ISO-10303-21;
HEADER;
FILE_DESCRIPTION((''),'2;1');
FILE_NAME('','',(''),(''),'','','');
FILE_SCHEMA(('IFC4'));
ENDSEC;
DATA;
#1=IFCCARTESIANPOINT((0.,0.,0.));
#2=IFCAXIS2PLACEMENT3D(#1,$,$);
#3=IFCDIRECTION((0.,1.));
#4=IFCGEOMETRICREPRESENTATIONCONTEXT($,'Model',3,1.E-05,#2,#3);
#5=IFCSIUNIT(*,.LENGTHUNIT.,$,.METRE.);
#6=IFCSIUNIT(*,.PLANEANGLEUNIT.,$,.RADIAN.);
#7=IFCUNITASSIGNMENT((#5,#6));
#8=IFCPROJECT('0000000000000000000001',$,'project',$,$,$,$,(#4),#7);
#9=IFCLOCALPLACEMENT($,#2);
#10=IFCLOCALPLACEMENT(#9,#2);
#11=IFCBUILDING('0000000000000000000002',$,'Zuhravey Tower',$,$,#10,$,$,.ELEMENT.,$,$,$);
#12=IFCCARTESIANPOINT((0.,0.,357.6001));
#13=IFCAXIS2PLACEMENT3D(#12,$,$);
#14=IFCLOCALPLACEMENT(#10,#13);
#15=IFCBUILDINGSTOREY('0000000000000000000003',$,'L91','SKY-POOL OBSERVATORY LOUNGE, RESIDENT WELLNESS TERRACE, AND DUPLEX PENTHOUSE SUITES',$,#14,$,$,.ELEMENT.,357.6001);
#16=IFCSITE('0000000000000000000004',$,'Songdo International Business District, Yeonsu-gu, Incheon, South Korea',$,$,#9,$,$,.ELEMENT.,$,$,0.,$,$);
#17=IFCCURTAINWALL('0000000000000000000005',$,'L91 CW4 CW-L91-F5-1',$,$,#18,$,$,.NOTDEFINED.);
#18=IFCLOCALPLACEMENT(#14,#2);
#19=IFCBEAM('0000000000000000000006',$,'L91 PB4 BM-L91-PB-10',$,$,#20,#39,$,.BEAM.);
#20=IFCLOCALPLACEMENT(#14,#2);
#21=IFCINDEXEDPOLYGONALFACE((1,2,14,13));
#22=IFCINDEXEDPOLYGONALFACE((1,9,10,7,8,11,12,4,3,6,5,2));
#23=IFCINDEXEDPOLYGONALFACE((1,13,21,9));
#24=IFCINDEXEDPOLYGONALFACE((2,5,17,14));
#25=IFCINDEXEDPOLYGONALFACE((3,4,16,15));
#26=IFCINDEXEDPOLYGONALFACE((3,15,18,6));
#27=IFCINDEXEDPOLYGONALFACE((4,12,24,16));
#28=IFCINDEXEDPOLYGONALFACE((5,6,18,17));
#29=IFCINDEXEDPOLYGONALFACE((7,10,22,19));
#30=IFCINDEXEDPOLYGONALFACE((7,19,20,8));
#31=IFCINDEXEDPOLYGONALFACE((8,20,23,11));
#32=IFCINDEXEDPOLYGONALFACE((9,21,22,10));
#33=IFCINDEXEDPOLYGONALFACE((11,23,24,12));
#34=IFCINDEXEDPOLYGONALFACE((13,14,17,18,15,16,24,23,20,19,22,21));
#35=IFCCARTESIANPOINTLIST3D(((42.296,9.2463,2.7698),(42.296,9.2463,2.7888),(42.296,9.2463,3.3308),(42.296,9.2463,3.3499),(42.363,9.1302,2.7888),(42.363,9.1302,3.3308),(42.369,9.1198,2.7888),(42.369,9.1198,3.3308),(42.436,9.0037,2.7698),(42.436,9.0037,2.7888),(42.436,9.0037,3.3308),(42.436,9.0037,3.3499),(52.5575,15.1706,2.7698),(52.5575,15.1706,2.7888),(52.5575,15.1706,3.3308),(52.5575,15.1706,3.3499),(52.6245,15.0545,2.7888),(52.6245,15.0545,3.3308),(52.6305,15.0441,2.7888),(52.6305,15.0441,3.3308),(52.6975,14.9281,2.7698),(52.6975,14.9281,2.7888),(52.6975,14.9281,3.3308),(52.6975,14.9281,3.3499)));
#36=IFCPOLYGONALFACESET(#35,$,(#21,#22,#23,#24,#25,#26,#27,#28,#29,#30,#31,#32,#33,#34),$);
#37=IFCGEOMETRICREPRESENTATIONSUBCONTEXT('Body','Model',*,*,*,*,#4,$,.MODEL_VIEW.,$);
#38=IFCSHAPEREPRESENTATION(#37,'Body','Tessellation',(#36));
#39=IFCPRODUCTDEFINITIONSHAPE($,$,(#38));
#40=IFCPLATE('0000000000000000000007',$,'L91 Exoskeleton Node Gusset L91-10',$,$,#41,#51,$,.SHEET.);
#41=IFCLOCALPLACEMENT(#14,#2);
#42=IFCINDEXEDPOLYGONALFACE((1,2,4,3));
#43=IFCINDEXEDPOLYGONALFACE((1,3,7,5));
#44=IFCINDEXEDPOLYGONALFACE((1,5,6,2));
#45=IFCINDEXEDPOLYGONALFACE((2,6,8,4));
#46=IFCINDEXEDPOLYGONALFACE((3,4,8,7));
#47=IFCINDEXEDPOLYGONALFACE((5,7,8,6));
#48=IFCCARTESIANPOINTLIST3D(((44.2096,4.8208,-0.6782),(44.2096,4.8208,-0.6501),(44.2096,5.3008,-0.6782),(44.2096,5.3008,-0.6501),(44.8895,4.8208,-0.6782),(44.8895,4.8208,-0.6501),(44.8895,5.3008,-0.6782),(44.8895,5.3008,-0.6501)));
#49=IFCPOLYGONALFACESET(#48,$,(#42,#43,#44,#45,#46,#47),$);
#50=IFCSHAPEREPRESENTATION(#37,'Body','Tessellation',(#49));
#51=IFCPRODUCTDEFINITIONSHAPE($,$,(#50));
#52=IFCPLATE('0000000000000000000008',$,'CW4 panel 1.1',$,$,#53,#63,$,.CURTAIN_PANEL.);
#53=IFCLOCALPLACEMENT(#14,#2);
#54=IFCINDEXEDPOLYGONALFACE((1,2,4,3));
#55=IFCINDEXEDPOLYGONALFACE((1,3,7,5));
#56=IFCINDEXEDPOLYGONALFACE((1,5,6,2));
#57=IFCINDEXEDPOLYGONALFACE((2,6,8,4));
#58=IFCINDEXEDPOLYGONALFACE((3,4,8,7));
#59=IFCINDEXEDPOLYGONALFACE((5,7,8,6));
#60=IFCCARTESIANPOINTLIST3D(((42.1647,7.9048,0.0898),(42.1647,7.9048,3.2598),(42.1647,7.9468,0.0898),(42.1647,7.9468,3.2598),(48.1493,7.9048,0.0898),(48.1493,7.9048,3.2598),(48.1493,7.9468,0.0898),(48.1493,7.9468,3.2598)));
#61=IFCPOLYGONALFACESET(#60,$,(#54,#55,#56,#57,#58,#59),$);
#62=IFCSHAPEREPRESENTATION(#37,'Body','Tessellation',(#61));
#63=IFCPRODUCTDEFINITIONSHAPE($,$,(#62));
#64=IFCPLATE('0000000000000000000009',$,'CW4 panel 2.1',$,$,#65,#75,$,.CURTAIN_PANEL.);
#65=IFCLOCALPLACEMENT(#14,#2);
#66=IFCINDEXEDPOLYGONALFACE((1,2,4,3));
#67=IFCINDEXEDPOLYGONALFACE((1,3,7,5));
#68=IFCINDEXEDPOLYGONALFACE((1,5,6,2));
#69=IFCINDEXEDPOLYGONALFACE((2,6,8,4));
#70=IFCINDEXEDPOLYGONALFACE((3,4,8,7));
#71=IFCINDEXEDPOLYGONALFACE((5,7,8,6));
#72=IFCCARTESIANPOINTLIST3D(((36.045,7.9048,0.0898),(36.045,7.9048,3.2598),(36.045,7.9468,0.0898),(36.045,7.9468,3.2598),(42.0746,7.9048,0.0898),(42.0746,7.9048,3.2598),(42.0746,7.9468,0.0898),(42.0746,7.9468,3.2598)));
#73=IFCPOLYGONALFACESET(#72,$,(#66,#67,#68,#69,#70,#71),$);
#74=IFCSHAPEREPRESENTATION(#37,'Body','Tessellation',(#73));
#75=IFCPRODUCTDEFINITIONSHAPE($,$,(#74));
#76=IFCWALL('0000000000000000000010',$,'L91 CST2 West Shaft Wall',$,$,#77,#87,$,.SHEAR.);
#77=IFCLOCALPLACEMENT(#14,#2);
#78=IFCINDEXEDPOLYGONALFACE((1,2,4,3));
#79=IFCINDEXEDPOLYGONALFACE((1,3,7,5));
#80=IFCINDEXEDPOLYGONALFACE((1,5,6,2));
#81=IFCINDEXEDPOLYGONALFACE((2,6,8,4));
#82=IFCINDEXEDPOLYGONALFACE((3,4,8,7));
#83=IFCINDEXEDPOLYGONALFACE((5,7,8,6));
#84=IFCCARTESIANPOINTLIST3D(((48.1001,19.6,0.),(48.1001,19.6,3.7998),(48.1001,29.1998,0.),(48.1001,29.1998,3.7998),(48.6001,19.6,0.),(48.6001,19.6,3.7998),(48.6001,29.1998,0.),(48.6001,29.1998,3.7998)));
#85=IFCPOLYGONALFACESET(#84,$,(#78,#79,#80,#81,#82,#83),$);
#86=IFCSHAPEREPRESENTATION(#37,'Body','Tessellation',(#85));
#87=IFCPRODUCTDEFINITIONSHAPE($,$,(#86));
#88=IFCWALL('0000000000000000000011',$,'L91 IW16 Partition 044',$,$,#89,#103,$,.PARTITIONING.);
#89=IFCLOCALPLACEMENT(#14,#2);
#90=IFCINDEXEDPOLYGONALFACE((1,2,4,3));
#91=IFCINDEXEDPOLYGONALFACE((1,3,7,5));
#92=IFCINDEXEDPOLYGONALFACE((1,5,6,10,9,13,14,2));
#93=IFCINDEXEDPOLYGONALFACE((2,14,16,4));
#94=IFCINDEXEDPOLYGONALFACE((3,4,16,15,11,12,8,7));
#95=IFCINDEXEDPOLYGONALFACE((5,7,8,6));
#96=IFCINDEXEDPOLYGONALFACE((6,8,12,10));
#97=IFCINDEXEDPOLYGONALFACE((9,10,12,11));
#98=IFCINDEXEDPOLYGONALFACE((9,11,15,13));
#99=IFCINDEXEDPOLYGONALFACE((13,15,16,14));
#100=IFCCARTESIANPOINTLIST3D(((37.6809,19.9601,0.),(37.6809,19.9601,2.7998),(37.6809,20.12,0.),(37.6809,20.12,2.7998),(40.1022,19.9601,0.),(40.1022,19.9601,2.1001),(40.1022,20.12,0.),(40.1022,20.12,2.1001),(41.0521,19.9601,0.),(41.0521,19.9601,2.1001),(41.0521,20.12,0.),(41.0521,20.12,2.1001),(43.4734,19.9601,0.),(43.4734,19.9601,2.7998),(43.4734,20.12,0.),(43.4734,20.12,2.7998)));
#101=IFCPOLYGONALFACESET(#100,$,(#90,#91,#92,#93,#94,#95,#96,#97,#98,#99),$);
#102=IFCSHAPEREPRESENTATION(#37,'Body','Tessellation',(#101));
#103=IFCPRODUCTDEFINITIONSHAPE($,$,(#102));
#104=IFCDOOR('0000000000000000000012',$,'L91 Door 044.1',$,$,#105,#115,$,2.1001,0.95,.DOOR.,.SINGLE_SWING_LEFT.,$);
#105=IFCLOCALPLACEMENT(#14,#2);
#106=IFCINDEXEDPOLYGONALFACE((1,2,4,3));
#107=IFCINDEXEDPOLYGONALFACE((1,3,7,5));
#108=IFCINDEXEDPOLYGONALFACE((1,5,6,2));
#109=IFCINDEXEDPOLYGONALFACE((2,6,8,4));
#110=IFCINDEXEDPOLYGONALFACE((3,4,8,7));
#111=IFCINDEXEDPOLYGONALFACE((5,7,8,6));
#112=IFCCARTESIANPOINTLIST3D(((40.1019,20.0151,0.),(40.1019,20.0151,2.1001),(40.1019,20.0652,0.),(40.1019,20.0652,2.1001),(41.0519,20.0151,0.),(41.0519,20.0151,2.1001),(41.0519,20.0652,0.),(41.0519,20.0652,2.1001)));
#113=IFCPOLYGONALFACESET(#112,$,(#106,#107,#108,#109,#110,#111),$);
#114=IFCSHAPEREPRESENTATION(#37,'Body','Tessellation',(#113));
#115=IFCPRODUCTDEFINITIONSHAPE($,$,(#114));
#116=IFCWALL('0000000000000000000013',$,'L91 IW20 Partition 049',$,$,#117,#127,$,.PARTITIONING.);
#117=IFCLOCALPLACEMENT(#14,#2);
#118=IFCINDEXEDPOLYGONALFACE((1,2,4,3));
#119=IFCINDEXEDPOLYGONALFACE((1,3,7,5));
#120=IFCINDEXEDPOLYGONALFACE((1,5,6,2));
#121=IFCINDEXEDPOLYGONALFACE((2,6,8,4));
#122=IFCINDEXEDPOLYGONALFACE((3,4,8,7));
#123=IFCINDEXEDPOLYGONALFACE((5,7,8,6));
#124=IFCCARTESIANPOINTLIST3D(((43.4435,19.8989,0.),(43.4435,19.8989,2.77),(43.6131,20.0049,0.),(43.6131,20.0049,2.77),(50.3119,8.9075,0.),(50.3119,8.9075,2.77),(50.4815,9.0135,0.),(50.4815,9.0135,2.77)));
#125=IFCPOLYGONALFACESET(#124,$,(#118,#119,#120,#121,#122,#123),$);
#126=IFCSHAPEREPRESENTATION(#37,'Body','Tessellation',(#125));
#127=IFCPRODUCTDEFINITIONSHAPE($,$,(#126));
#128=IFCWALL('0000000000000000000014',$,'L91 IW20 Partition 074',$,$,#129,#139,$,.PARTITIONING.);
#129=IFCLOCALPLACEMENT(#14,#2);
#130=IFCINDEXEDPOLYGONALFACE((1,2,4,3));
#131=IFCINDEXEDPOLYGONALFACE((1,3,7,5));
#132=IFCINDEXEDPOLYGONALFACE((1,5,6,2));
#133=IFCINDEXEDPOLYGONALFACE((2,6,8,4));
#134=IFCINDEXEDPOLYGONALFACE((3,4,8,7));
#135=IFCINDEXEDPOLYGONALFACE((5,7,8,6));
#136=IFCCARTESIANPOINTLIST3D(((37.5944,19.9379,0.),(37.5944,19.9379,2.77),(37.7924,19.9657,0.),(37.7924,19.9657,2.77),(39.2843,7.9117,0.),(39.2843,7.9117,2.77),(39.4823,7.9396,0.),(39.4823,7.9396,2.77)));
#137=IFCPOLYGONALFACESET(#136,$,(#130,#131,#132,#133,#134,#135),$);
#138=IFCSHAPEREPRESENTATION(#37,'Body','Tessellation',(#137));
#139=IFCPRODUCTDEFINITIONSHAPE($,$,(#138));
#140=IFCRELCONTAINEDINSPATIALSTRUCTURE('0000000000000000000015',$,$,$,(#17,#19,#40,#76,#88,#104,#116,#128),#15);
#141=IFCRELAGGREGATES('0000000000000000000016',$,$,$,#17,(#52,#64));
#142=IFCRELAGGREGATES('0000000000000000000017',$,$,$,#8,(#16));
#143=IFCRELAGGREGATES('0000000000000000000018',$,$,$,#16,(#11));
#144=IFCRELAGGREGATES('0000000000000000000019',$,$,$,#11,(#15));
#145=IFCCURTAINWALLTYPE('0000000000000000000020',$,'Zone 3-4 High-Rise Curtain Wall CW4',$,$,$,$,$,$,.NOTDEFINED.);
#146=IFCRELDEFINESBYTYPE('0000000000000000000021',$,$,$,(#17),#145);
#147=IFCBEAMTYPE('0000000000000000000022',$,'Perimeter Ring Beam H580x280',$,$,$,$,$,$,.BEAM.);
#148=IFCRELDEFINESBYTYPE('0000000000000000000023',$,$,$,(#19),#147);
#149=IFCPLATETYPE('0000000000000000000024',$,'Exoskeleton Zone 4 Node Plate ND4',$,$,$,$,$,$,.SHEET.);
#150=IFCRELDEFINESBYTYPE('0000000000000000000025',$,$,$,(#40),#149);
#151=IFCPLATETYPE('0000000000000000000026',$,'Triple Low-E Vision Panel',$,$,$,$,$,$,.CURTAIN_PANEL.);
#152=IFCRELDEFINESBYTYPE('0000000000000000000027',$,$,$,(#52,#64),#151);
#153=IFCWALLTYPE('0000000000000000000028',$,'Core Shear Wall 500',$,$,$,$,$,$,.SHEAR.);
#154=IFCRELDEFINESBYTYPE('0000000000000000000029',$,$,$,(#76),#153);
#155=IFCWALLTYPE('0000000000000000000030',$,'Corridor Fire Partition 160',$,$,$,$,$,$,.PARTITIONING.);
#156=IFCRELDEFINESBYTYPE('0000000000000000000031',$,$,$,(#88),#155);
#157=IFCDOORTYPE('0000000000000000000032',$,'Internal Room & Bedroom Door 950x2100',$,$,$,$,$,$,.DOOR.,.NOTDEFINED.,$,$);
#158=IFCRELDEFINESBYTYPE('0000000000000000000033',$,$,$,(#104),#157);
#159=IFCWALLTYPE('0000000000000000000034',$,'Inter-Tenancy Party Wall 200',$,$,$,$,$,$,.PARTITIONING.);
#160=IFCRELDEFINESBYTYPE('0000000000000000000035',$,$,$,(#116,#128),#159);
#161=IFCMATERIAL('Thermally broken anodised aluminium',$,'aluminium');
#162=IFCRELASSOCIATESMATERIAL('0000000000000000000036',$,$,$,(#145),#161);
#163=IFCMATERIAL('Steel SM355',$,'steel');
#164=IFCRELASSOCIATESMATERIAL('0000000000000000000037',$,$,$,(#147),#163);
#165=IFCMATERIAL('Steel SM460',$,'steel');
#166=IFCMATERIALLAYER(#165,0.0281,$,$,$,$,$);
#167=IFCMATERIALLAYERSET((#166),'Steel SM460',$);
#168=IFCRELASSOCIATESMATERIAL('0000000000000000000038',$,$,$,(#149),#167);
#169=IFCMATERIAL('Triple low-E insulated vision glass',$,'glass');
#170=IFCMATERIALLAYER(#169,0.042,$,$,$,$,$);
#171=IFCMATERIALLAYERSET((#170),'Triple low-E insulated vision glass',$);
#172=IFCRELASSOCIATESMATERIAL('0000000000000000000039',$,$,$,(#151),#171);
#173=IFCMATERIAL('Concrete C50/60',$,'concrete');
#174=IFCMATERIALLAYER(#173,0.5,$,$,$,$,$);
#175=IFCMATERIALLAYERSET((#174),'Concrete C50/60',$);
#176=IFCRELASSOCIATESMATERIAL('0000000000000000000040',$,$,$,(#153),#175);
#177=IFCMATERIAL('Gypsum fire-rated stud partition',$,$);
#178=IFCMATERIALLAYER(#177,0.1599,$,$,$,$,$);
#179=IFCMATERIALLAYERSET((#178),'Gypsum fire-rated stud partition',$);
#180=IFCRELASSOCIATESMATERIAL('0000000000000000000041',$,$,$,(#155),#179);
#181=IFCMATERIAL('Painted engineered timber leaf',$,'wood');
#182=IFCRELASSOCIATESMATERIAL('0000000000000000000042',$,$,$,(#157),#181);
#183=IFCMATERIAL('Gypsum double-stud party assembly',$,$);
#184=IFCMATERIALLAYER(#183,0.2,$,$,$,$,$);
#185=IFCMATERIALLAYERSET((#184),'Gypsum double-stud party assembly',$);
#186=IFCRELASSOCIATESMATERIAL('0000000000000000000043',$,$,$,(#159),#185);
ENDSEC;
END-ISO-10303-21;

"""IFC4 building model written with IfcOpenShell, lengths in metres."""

from ifc_helpers import new_model, si_unit, direction, frame, frame_2d, origin, origin_2d, place, context, subcontext, project, spatial, rectangle, i_section, extrude, material, layer, layer_set, material_profile, profile_set, type_object, element, fill, aggregate, save


model = new_model("IFC4")

# Units and contexts
model_context = context("Model", 3, precision=1e-05, world=origin(), true_north=direction((0.0, 1.0)))
body_context = subcontext(model_context, "Body", "Model", "MODEL_VIEW")
ifc_project = project(units=[si_unit("LENGTHUNIT", "METRE"), si_unit("PLANEANGLEUNIT", "RADIAN")], contexts=[model_context])

# Site, building, storey
site_placement = place(None, origin())
site = spatial("IfcSite", under=ifc_project, at=site_placement, Name="Songdo International Business District, Yeonsu-gu, Incheon, South Korea", CompositionType="ELEMENT", RefElevation=0.0)
building_placement = place(site_placement, origin())
building = spatial("IfcBuilding", under=site, at=building_placement, Name="Zuhravey Tower", CompositionType="ELEMENT")
storey_placement = place(building_placement, frame((0.0, 0.0, 357.6001)))
storey = spatial("IfcBuildingStorey", under=building, at=storey_placement, Name="L91", Description="SKY-POOL OBSERVATORY LOUNGE, RESIDENT WELLNESS TERRACE, AND DUPLEX PENTHOUSE SUITES", CompositionType="ELEMENT", Elevation=357.6001)

# Shared definitions
ifc_material_1 = material(Name="Concrete C50/60", Category="concrete")

# Curtain wall
ifc_material_2 = material(Name="Thermally broken anodised aluminium", Category="aluminium")
curtain_wall_type = type_object("IfcCurtainWallType", Name="Zone 3-4 High-Rise Curtain Wall CW4", PredefinedType="NOTDEFINED", material=ifc_material_2)
curtain_wall_placement = place(storey_placement, origin())
curtain_wall = element("IfcCurtainWall", 1, at=curtain_wall_placement, inside=storey, type_object=curtain_wall_type, Name="L91 CW4 CW-L91-F5-1", PredefinedType="NOTDEFINED")

# Beam
ifc_material_3 = material(Name="Steel SM355", Category="steel")
ifc_material_profile_1 = material_profile(ifc_material_3, i_section(OverallWidth=0.28, OverallDepth=0.5801, WebThickness=0.012, FlangeThickness=0.019, at=origin_2d()), Name="H-580x280x12x19")
ifc_profile_set_1 = profile_set([ifc_material_profile_1], Name="Steel SM355")
beam_type = type_object("IfcBeamType", Name="Perimeter Ring Beam H580x280", PredefinedType="BEAM", material=ifc_profile_set_1)
beam_placement = place(storey_placement, frame((42.366, 9.125, 3.0598), z_axis=(0.866031, 0.499991, 0.0), x_axis=(-0.499991, 0.866031, 0.0)))
element("IfcBeam", 2, at=beam_placement, inside=storey, type_object=beam_type, Name="L91 PB4 BM-L91-PB-10", PredefinedType="BEAM", context=body_context, shape_type="SweptSolid", body=[
    extrude(i_section(OverallWidth=0.28, OverallDepth=0.5801, WebThickness=0.012, FlangeThickness=0.019, at=origin_2d()), origin(), (0.0, 0.0, 1.0), 11.8489),
])

# Plates
ifc_material_4 = material(Name="Steel SM460", Category="steel")
ifc_layer_1 = layer(ifc_material_4, 0.0281)
ifc_layer_set_1 = layer_set([ifc_layer_1], Name="Steel SM460")
plate_type_1 = type_object("IfcPlateType", Name="Exoskeleton Zone 4 Node Plate ND4", PredefinedType="SHEET", material=ifc_layer_set_1)
plate_1_placement = place(storey_placement, frame((44.5496, 5.0608, -0.6782), z_axis=(0.0, 0.0, 1.0), x_axis=(1.0, 0.0, 0.0)))
element("IfcPlate", 3, at=plate_1_placement, inside=storey, type_object=plate_type_1, Name="L91 Exoskeleton Node Gusset L91-10", PredefinedType="SHEET", context=body_context, shape_type="SweptSolid", body=[
    extrude(rectangle(XDim=0.6799, YDim=0.48, at=origin_2d()), origin(), (0.0, 0.0, 1.0), 0.0281),
])
ifc_material_5 = material(Name="Triple low-E insulated vision glass", Category="glass")
ifc_layer_2 = layer(ifc_material_5, 0.042)
ifc_layer_set_2 = layer_set([ifc_layer_2], Name="Triple low-E insulated vision glass")
plate_type_2 = type_object("IfcPlateType", Name="Triple Low-E Vision Panel", PredefinedType="CURTAIN_PANEL", material=ifc_layer_set_2)
plate_2_placement = place(storey_placement, frame((45.157, 7.9258, 0.0898), z_axis=(0.0, 0.0, 1.0), x_axis=(-1.0, 0.0, 0.0)))
plate_2 = element("IfcPlate", 4, at=plate_2_placement, type_object=plate_type_2, Name="CW4 panel 1.1", PredefinedType="CURTAIN_PANEL", context=body_context, shape_type="SweptSolid", body=[
    extrude(rectangle(XDim=5.9846, YDim=0.042, at=origin_2d()), origin(), (0.0, 0.0, 1.0), 3.1699),
])
plate_3_placement = place(storey_placement, frame((39.0598, 7.9258, 0.0898), z_axis=(0.0, 0.0, 1.0), x_axis=(-1.0, 0.0, 0.0)))
plate_3 = element("IfcPlate", 5, at=plate_3_placement, type_object=plate_type_2, Name="CW4 panel 2.1", PredefinedType="CURTAIN_PANEL", context=body_context, shape_type="SweptSolid", body=[
    extrude(rectangle(XDim=6.0295, YDim=0.042, at=origin_2d()), origin(), (0.0, 0.0, 1.0), 3.1699),
])
aggregate(curtain_wall, [plate_2, plate_3])

# Shared definitions
ifc_layer_3 = layer(ifc_material_1, 0.5)
ifc_layer_set_3 = layer_set([ifc_layer_3], Name="Concrete C50/60")
wall_type_1 = type_object("IfcWallType", Name="Core Shear Wall 500", PredefinedType="SHEAR", material=ifc_layer_set_3)

# Wall
wall_1_placement = place(storey_placement, frame((48.3501, 19.6001, 0.0), z_axis=(0.0, 0.0, 1.0), x_axis=(0.0, 1.0, 0.0)))
element("IfcWall", 6, at=wall_1_placement, inside=storey, type_object=wall_type_1, Name="L91 CST2 West Shaft Wall", PredefinedType="SHEAR", context=body_context, shape_type="SweptSolid", body=[
    extrude(rectangle(XDim=9.5999, YDim=0.5, at=frame_2d((4.7998, 0.0))), origin(), (0.0, 0.0, 1.0), 3.7998),
])

# Wall, opening, door
ifc_material_6 = material(Name="Gypsum fire-rated stud partition")
ifc_layer_4 = layer(ifc_material_6, 0.1599)
ifc_layer_set_4 = layer_set([ifc_layer_4], Name="Gypsum fire-rated stud partition")
wall_type_2 = type_object("IfcWallType", Name="Corridor Fire Partition 160", PredefinedType="PARTITIONING", material=ifc_layer_set_4)
wall_2_placement = place(storey_placement, frame((37.6809, 20.04, 0.0), z_axis=(0.0, 0.0, 1.0), x_axis=(1.0, 0.0, 0.0)))
wall_2 = element("IfcWall", 7, at=wall_2_placement, inside=storey, type_object=wall_type_2, Name="L91 IW16 Partition 044", PredefinedType="PARTITIONING", context=body_context, shape_type="SweptSolid", body=[
    extrude(rectangle(XDim=5.7925, YDim=0.1599, at=frame_2d((2.8962, 0.0))), origin(), (0.0, 0.0, 1.0), 2.7998),
])
opening_1_placement = place(wall_2_placement, frame((2.4211, 0.0, 0.0)))
opening_1 = element("IfcOpeningElement", 8, at=opening_1_placement, cuts=wall_2, PredefinedType="OPENING", context=body_context, shape_type="SweptSolid", body=[
    extrude(rectangle(XDim=0.95, YDim=2.1001, at=frame_2d((0.4751, 1.05))), frame((0.0, 0.092, 0.0), z_axis=(0.0, -1.0, 0.0), x_axis=(1.0, 0.0, 0.0)), (0.0, 0.0, 1.0), 0.1838),
])
ifc_material_7 = material(Name="Painted engineered timber leaf", Category="wood")
door_type_1 = type_object("IfcDoorType", Name="Internal Room & Bedroom Door 950x2100", OperationType="NOTDEFINED", PredefinedType="DOOR", material=ifc_material_7)
door_1_placement = place(opening_1_placement, frame((0.95, 0.0, 0.0), z_axis=(0.0, 0.0, 1.0), x_axis=(-1.0, 0.0, 0.0)))
door_1 = element("IfcDoor", 9, at=door_1_placement, inside=storey, type_object=door_type_1, Name="L91 Door 044.1", OperationType="SINGLE_SWING_LEFT", OverallHeight=2.1001, OverallWidth=0.95, PredefinedType="DOOR", context=body_context, shape_type="SweptSolid", body=[
    extrude(rectangle(XDim=0.95, YDim=2.1001, at=frame_2d((0.4751, 1.05))), frame((0.0, 0.0249, 0.0), z_axis=(0.0, -1.0, 0.0), x_axis=(1.0, 0.0, 0.0)), (0.0, 0.0, 1.0), 0.05),
])
fill(opening_1, door_1)

# Walls
ifc_material_8 = material(Name="Gypsum double-stud party assembly")
ifc_layer_5 = layer(ifc_material_8, 0.2)
ifc_layer_set_5 = layer_set([ifc_layer_5], Name="Gypsum double-stud party assembly")
wall_type_3 = type_object("IfcWallType", Name="Inter-Tenancy Party Wall 200", PredefinedType="PARTITIONING", material=ifc_layer_set_5)
wall_3_placement = place(storey_placement, frame((43.5283, 19.9519, 0.0), z_axis=(0.0, 0.0, 1.0), x_axis=(0.52993, -0.848042, 0.0)))
element("IfcWall", 10, at=wall_3_placement, inside=storey, type_object=wall_type_3, Name="L91 IW20 Partition 049", PredefinedType="PARTITIONING", context=body_context, shape_type="SweptSolid", body=[
    extrude(rectangle(XDim=12.9609, YDim=0.2, at=frame_2d((6.4805, 0.0))), origin(), (0.0, 0.0, 1.0), 2.77),
])
wall_4_placement = place(storey_placement, frame((37.6934, 19.9519, 0.0), z_axis=(0.0, 0.0, 1.0), x_axis=(0.139155, -0.990271, 0.0)))
element("IfcWall", 11, at=wall_4_placement, inside=storey, type_object=wall_type_3, Name="L91 IW20 Partition 074", PredefinedType="PARTITIONING", context=body_context, shape_type="SweptSolid", body=[
    extrude(rectangle(XDim=12.1443, YDim=0.2, at=frame_2d((6.0723, 0.0))), origin(), (0.0, 0.0, 1.0), 2.77),
])

save(model, "model.ifc")
